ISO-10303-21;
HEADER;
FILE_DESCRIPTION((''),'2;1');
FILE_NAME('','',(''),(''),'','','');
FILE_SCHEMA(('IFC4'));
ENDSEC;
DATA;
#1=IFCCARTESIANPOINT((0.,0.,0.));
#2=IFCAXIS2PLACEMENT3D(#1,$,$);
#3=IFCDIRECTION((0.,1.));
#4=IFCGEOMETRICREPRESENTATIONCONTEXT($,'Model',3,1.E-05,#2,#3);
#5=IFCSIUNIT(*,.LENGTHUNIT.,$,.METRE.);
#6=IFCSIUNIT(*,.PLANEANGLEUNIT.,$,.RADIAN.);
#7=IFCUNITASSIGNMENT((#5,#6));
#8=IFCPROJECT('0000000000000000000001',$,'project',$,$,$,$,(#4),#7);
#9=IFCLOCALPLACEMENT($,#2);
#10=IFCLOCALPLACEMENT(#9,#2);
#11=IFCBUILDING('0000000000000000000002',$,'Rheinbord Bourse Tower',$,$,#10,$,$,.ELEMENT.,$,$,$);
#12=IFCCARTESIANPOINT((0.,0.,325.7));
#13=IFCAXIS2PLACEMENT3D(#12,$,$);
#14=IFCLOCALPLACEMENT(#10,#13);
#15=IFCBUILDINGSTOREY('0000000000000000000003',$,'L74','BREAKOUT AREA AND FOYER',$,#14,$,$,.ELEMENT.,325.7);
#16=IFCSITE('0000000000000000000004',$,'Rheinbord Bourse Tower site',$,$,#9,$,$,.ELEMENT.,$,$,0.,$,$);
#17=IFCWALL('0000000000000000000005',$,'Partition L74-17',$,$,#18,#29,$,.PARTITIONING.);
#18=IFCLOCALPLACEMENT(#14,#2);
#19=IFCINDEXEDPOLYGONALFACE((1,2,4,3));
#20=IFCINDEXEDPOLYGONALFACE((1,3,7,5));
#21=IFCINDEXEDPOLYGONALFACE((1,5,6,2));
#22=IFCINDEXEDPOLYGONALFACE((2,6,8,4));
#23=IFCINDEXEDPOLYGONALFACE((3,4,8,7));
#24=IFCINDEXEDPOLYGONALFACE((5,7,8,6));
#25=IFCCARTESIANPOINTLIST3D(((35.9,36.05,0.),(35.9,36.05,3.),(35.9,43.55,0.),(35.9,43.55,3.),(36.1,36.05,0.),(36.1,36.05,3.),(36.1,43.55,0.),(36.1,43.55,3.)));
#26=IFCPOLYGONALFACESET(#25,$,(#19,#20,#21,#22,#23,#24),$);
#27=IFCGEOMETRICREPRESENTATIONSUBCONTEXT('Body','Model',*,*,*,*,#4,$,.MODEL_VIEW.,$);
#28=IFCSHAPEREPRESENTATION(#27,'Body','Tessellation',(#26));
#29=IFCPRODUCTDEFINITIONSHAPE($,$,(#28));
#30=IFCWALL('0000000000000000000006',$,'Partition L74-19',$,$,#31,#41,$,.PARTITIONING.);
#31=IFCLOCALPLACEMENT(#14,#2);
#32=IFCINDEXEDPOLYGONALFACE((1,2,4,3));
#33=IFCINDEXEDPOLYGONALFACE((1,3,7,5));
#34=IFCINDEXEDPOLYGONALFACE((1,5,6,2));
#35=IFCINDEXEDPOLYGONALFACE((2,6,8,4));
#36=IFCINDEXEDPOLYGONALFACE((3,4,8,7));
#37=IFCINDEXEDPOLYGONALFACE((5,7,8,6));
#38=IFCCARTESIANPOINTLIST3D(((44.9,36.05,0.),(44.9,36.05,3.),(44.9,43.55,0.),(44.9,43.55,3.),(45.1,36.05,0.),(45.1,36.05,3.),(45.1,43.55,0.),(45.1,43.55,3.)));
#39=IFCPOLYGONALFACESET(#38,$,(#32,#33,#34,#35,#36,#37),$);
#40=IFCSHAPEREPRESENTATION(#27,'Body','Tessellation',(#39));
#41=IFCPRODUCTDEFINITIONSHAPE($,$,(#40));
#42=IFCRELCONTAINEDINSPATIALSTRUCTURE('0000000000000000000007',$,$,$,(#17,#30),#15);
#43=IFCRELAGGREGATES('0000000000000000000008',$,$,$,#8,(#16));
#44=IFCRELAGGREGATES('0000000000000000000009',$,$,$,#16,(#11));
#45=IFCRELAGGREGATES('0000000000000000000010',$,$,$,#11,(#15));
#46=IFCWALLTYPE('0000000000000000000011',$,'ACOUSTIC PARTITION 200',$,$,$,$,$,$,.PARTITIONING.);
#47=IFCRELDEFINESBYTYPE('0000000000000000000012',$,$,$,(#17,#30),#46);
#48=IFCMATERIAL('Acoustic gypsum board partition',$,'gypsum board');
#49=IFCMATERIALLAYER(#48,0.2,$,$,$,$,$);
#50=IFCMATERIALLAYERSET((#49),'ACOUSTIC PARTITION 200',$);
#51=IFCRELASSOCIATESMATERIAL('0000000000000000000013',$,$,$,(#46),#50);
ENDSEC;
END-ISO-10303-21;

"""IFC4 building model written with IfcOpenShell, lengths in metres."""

from ifc_helpers import new_model, si_unit, direction, frame, frame_2d, origin, place, context, subcontext, project, spatial, rectangle, extrude, material, layer, layer_set, type_object, element, save


model = new_model("IFC4")

# Units and contexts
model_context = context("Model", 3, precision=1e-05, world=origin(), true_north=direction((0.0, 1.0)))
body_context = subcontext(model_context, "Body", "Model", "MODEL_VIEW")
ifc_project = project(units=[si_unit("LENGTHUNIT", "METRE"), si_unit("PLANEANGLEUNIT", "RADIAN")], contexts=[model_context])

# Site, building, storey
site_placement = place(None, origin())
site = spatial("IfcSite", under=ifc_project, at=site_placement, Name="Rheinbord Bourse Tower site", CompositionType="ELEMENT", RefElevation=0.0)
building_placement = place(site_placement, origin())
building = spatial("IfcBuilding", under=site, at=building_placement, Name="Rheinbord Bourse Tower", CompositionType="ELEMENT")
storey_placement = place(building_placement, frame((0.0, 0.0, 325.7)))
storey = spatial("IfcBuildingStorey", under=building, at=storey_placement, Name="L74", Description="BREAKOUT AREA AND FOYER", CompositionType="ELEMENT", Elevation=325.7)

# Walls
ifc_material_1 = material(Name="Acoustic gypsum board partition", Category="gypsum board")
ifc_layer_1 = layer(ifc_material_1, 0.2)
ifc_layer_set_1 = layer_set([ifc_layer_1], Name="ACOUSTIC PARTITION 200")
wall_type = type_object("IfcWallType", Name="ACOUSTIC PARTITION 200", PredefinedType="PARTITIONING", material=ifc_layer_set_1)
for number, where, z_axis, x_axis, name in (
    (1, (36.0, 36.05, 0.0), (0.0, 0.0, 1.0), (0.0, 1.0, 0.0), "Partition L74-17"),
    (2, (45.0, 36.05, 0.0), (0.0, 0.0, 1.0), (0.0, 1.0, 0.0), "Partition L74-19"),
):
    element("IfcWall", number, at=place(storey_placement, frame(where, z_axis=z_axis, x_axis=x_axis)), inside=storey, type_object=wall_type, Name=name, PredefinedType="PARTITIONING", context=body_context, shape_type="SweptSolid", body=[
        extrude(rectangle(XDim=7.5, YDim=0.2, at=frame_2d((3.75, 0.0))), origin(), (0.0, 0.0, 1.0), 3.0),
    ])

save(model, "model.ifc")
